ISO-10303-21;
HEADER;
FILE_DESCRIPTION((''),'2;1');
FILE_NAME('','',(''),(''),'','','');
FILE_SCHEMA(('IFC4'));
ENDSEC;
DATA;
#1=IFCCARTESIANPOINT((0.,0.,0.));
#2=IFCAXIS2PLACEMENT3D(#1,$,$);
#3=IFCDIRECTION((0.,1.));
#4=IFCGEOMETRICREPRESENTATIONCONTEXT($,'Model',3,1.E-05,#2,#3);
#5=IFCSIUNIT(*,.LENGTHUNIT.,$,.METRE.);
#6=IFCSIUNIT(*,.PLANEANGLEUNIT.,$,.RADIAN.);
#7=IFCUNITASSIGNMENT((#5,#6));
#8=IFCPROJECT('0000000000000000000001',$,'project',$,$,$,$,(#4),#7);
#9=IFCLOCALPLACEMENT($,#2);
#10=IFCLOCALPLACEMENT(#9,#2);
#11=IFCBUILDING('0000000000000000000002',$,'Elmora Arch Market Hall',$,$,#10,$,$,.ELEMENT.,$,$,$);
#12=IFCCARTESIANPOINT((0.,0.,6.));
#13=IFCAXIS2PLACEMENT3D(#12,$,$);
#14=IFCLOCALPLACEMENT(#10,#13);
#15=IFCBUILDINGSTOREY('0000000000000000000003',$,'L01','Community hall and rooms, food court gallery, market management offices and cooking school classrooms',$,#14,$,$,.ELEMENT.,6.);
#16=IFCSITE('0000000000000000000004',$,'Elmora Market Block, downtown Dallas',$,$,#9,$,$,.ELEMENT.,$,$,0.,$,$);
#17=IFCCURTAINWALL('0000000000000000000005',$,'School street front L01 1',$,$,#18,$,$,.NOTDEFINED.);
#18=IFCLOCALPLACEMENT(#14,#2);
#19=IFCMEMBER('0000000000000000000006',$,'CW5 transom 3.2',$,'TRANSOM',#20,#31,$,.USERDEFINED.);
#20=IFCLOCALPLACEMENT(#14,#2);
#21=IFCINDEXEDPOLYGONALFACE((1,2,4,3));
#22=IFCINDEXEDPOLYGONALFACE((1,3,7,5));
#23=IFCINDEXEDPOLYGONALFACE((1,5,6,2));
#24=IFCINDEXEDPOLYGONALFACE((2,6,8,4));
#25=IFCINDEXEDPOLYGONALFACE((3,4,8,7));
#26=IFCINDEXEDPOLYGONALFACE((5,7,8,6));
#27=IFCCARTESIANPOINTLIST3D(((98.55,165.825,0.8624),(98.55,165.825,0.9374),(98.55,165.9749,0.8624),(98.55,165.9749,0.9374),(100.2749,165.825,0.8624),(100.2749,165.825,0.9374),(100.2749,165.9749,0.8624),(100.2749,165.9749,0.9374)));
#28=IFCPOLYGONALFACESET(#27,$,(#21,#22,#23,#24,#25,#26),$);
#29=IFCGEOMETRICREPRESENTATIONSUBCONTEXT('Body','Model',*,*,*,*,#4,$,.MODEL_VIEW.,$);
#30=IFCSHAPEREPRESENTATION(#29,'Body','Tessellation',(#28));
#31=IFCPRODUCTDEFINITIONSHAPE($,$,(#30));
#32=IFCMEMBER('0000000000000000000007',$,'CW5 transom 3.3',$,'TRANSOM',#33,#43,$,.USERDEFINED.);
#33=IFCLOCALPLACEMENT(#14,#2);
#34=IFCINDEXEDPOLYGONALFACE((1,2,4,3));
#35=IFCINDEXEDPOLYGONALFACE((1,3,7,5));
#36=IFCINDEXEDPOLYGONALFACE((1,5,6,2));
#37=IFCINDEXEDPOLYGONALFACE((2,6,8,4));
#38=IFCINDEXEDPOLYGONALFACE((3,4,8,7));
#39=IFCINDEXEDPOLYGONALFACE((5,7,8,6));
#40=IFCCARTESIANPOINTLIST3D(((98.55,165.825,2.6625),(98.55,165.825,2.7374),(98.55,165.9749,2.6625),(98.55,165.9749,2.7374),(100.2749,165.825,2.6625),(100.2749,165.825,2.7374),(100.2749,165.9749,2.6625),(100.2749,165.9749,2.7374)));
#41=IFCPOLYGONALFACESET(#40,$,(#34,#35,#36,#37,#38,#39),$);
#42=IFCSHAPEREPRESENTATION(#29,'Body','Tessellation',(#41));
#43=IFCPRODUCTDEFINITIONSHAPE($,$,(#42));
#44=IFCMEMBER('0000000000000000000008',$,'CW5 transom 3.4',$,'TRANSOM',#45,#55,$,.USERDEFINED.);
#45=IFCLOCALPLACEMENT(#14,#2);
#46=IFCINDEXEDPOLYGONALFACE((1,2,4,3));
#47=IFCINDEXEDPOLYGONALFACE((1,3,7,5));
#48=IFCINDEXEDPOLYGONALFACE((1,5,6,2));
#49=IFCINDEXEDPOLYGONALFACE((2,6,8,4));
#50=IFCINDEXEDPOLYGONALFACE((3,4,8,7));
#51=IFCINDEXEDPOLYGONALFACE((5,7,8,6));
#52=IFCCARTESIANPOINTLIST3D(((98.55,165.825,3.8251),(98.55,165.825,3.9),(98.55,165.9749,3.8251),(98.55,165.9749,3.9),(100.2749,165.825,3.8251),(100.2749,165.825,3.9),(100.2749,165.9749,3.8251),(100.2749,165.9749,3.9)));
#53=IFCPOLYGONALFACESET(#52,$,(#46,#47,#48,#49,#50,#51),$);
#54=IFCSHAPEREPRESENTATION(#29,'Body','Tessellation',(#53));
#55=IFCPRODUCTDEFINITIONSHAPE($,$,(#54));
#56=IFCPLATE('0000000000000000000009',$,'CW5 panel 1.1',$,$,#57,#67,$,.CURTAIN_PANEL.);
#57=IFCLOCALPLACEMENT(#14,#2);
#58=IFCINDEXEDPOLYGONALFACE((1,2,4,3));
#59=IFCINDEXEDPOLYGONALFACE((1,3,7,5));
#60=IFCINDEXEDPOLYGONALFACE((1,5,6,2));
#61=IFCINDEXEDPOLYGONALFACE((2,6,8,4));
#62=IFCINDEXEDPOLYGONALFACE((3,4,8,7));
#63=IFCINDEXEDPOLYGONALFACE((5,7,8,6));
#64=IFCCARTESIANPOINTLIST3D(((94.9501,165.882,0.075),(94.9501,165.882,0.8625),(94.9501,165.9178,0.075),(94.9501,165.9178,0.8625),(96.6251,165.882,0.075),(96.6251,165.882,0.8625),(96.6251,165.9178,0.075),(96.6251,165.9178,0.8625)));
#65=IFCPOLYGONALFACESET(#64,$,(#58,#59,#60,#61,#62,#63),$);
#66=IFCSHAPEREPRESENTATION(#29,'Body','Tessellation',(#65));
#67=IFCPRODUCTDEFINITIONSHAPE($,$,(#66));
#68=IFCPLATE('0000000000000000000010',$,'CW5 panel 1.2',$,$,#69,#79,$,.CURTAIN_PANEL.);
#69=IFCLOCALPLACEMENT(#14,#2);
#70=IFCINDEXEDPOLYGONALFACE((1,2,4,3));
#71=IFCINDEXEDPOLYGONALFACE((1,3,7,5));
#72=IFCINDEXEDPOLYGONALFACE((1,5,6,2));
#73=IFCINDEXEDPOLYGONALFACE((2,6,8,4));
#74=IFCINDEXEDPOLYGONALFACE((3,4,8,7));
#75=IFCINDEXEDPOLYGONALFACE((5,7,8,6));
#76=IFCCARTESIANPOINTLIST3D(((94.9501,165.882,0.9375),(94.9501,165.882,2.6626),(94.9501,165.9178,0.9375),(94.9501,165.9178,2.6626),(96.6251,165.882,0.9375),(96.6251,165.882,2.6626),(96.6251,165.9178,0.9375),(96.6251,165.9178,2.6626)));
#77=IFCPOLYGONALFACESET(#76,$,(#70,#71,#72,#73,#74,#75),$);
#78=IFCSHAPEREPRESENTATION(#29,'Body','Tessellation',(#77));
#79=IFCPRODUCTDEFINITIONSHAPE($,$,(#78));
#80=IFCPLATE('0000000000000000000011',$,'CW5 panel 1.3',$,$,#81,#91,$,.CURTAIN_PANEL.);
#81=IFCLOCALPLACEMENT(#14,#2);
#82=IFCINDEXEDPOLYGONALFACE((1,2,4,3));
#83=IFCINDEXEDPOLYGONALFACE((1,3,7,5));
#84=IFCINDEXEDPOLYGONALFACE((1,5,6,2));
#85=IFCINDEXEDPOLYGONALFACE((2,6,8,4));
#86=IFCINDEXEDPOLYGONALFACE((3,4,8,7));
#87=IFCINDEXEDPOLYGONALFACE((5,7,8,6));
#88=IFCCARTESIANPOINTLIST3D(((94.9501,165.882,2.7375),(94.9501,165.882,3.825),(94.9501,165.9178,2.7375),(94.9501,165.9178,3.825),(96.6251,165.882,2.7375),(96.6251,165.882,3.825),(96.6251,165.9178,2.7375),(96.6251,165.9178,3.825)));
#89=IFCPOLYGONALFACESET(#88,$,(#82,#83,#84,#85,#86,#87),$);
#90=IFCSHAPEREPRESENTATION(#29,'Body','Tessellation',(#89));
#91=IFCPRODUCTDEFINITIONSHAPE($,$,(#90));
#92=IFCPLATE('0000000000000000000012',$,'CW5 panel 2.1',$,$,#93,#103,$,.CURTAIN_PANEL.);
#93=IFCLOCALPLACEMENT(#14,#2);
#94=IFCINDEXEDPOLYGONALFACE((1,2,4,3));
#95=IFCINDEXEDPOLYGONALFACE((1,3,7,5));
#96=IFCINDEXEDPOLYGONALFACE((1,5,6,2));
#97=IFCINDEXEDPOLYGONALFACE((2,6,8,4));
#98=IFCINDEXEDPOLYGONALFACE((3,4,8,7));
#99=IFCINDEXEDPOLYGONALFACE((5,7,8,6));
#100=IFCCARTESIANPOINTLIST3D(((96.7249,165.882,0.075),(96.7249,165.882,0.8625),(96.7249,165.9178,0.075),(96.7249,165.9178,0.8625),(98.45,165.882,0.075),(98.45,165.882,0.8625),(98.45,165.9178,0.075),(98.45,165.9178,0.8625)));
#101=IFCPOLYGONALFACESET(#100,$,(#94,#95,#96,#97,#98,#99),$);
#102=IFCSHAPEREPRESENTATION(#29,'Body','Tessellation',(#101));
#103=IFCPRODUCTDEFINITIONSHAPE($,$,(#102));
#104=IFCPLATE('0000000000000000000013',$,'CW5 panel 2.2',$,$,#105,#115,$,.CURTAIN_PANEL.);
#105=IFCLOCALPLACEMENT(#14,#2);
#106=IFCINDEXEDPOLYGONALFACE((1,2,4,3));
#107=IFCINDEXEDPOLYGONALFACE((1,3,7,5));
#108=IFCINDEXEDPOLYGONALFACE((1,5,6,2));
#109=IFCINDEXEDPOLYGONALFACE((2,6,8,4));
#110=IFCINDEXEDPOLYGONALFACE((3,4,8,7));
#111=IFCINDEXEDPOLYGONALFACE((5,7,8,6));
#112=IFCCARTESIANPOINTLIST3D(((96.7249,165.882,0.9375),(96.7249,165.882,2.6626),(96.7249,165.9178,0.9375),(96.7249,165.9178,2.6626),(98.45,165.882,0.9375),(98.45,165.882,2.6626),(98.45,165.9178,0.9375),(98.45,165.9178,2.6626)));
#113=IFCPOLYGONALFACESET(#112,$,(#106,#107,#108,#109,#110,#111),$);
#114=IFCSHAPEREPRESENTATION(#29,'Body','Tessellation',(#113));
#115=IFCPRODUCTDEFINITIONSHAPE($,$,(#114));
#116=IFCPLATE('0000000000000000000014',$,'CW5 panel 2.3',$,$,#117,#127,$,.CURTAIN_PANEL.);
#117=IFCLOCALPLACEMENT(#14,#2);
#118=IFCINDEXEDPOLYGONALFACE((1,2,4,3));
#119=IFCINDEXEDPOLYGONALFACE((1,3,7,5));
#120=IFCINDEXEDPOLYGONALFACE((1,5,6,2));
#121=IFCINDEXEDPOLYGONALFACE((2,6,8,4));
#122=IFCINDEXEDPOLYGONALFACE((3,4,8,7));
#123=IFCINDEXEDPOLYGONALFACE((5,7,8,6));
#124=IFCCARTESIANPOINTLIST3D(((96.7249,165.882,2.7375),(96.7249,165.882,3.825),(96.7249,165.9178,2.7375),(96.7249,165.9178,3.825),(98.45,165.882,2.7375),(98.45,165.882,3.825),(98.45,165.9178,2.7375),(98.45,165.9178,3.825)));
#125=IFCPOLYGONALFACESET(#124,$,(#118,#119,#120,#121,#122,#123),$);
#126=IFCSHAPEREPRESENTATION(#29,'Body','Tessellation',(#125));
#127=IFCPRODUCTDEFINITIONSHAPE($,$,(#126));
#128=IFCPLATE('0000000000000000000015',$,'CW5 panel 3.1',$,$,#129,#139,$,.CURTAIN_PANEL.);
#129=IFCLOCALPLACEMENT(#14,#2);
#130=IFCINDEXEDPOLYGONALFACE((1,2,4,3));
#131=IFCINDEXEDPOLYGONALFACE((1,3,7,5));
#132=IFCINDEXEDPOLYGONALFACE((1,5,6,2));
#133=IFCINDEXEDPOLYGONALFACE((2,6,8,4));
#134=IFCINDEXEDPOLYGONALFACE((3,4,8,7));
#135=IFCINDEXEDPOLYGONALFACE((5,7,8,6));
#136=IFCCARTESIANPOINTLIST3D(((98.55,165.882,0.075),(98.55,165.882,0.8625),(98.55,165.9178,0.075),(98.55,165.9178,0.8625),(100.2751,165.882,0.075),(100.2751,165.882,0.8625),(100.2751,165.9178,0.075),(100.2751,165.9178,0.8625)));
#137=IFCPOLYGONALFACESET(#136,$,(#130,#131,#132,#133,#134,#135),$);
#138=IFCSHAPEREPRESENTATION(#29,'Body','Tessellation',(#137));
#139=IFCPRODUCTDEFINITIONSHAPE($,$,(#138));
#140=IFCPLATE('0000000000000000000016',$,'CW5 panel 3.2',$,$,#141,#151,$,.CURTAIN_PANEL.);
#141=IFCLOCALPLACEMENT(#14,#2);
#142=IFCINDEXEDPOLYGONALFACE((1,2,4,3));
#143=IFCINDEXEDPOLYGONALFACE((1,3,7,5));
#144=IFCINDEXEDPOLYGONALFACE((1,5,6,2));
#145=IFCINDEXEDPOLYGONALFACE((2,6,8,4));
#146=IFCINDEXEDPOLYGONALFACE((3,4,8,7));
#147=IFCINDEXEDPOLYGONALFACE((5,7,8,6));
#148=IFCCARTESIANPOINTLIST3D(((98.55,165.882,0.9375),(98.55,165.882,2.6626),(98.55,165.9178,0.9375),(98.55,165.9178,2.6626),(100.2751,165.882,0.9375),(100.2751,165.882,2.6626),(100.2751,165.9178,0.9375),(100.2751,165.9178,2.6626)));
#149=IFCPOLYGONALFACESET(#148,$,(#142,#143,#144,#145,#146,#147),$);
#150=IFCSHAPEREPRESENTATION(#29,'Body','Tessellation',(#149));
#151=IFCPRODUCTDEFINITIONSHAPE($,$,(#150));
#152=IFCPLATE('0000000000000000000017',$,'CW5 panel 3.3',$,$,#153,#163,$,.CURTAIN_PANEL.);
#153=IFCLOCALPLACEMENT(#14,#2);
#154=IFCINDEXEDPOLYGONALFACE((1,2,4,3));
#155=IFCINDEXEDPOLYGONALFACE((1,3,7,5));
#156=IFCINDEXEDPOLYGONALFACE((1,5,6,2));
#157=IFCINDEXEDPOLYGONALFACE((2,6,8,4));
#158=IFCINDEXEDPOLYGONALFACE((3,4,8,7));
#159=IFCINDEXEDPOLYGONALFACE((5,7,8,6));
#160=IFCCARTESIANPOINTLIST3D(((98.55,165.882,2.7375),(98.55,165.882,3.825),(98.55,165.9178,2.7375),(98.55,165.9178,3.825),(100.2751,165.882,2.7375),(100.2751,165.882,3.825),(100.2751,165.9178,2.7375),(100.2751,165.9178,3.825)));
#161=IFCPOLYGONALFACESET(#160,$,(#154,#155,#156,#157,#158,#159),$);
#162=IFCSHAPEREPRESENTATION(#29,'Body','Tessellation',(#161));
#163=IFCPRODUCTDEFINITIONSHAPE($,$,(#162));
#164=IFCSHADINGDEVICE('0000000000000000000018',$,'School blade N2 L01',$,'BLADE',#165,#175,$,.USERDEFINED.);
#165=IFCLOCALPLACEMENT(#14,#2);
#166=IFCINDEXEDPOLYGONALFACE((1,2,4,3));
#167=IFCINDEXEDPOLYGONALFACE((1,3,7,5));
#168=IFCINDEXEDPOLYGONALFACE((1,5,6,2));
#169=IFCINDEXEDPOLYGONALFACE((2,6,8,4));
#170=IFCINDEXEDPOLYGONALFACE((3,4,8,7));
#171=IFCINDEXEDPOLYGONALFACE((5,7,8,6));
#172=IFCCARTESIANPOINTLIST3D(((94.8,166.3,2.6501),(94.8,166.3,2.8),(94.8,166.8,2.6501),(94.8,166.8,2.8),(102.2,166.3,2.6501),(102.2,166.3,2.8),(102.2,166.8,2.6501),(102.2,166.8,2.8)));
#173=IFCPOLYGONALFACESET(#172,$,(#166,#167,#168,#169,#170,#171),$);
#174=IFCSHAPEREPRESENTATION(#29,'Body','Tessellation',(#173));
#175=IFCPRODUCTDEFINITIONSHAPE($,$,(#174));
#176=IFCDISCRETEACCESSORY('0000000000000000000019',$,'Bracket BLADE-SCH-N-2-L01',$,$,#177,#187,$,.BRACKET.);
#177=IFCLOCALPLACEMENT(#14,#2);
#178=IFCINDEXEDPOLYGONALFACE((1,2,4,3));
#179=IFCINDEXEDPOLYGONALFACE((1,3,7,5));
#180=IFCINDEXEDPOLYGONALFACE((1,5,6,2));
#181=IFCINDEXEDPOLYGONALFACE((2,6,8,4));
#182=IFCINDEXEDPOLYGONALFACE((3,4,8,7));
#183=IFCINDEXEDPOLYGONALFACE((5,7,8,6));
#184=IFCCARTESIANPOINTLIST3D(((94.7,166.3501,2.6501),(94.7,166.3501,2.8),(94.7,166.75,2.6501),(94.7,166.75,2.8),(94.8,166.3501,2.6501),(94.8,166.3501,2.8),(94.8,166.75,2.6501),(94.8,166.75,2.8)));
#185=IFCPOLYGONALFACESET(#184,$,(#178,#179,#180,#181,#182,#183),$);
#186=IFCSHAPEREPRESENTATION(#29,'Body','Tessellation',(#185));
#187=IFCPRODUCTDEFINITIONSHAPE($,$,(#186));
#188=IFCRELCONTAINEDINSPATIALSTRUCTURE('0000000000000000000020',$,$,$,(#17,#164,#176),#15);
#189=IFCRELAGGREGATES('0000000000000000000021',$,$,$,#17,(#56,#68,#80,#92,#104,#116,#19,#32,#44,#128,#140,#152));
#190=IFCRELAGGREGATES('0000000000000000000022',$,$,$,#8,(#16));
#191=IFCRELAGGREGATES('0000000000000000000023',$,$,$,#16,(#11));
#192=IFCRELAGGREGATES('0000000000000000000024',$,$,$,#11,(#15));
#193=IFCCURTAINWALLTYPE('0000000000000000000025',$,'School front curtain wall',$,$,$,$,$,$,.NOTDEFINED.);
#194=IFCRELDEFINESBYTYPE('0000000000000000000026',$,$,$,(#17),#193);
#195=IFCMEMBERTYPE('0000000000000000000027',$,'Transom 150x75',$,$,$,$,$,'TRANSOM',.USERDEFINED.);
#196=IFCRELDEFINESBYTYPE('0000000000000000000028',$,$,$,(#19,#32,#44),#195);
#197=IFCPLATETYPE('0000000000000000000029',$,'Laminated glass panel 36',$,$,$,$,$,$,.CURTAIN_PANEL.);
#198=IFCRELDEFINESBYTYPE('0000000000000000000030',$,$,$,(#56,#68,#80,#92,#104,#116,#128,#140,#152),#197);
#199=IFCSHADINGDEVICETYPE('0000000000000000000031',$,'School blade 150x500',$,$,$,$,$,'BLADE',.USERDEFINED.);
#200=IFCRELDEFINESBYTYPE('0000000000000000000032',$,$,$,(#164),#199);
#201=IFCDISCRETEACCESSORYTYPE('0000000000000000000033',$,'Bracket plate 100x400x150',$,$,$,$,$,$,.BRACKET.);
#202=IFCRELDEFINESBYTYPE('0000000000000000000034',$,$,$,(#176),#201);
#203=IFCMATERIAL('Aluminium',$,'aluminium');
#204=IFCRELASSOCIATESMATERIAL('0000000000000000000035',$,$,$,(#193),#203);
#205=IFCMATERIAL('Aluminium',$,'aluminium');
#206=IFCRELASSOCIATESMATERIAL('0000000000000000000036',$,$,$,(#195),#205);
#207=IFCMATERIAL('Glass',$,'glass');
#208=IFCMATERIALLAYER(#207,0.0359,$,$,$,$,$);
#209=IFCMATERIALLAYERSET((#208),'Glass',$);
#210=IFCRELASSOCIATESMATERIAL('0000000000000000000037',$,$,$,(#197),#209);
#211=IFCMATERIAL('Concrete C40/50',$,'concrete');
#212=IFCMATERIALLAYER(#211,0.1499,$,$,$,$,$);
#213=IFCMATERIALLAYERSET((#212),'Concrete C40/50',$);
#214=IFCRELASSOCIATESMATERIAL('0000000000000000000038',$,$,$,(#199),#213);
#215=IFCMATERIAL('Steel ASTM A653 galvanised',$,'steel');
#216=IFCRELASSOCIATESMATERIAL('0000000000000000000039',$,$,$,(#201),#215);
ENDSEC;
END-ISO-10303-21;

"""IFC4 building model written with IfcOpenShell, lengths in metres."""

from ifc_helpers import new_model, si_unit, direction, frame, origin, origin_2d, place, context, subcontext, project, spatial, rectangle, extrude, material, layer, layer_set, material_profile, profile_set, type_object, element, aggregate, save


model = new_model("IFC4")

# Units and contexts
model_context = context("Model", 3, precision=1e-05, world=origin(), true_north=direction((0.0, 1.0)))
body_context = subcontext(model_context, "Body", "Model", "MODEL_VIEW")
ifc_project = project(units=[si_unit("LENGTHUNIT", "METRE"), si_unit("PLANEANGLEUNIT", "RADIAN")], contexts=[model_context])

# Site, building, storey
site_placement = place(None, origin())
site = spatial("IfcSite", under=ifc_project, at=site_placement, Name="Elmora Market Block, downtown Dallas", CompositionType="ELEMENT", RefElevation=0.0)
building_placement = place(site_placement, origin())
building = spatial("IfcBuilding", under=site, at=building_placement, Name="Elmora Arch Market Hall", CompositionType="ELEMENT")
storey_placement = place(building_placement, frame((0.0, 0.0, 6.0)))
storey = spatial("IfcBuildingStorey", under=building, at=storey_placement, Name="L01", Description="Community hall and rooms, food court gallery, market management offices and cooking school classrooms", CompositionType="ELEMENT", Elevation=6.0)

# Curtain wall
ifc_material_1 = material(Name="Aluminium", Category="aluminium")
curtain_wall_type = type_object("IfcCurtainWallType", Name="School front curtain wall", PredefinedType="NOTDEFINED", material=ifc_material_1)
curtain_wall_placement = place(storey_placement, origin())
curtain_wall = element("IfcCurtainWall", 1, at=curtain_wall_placement, inside=storey, type_object=curtain_wall_type, Name="School street front L01 1", PredefinedType="NOTDEFINED")

# Members
ifc_material_2 = material(Name="Aluminium", Category="aluminium")
ifc_material_profile_1 = material_profile(ifc_material_2, rectangle(XDim=0.1499, YDim=0.075, at=origin_2d()), Name="AL 150x75")
ifc_profile_set_1 = profile_set([ifc_material_profile_1], Name="Aluminium")
member_type_1 = type_object("IfcMemberType", Name="Transom 150x75", ElementType="TRANSOM", PredefinedType="USERDEFINED", material=ifc_profile_set_1)
member_1_placement = place(storey_placement, frame((98.55, 165.8999, 0.8999), z_axis=(1.0, 0.0, 0.0), x_axis=(0.0, 1.0, 0.0)))
member_1 = element("IfcMember", 2, at=member_1_placement, type_object=member_type_1, Name="CW5 transom 3.2", ObjectType="TRANSOM", PredefinedType="USERDEFINED", context=body_context, shape_type="SweptSolid", body=[
    extrude(rectangle(XDim=0.1499, YDim=0.075, at=origin_2d()), origin(), (0.0, 0.0, 1.0), 1.7249),
])
member_2_placement = place(storey_placement, frame((98.55, 165.8999, 2.7), z_axis=(1.0, 0.0, 0.0), x_axis=(0.0, 1.0, 0.0)))
member_2 = element("IfcMember", 3, at=member_2_placement, type_object=member_type_1, Name="CW5 transom 3.3", ObjectType="TRANSOM", PredefinedType="USERDEFINED", context=body_context, shape_type="SweptSolid", body=[
    extrude(rectangle(XDim=0.1499, YDim=0.075, at=origin_2d()), origin(), (0.0, 0.0, 1.0), 1.7249),
])
member_3_placement = place(storey_placement, frame((98.55, 165.8999, 3.8625), z_axis=(1.0, 0.0, 0.0), x_axis=(0.0, 1.0, 0.0)))
member_3 = element("IfcMember", 4, at=member_3_placement, type_object=member_type_1, Name="CW5 transom 3.4", ObjectType="TRANSOM", PredefinedType="USERDEFINED", context=body_context, shape_type="SweptSolid", body=[
    extrude(rectangle(XDim=0.1499, YDim=0.075, at=origin_2d()), origin(), (0.0, 0.0, 1.0), 1.7249),
])

# Plates
ifc_material_3 = material(Name="Glass", Category="glass")
ifc_layer_1 = layer(ifc_material_3, 0.0359)
ifc_layer_set_1 = layer_set([ifc_layer_1], Name="Glass")
plate_type = type_object("IfcPlateType", Name="Laminated glass panel 36", PredefinedType="CURTAIN_PANEL", material=ifc_layer_set_1)
plate_1_placement = place(storey_placement, frame((95.7876, 165.8999, 0.075), z_axis=(0.0, 0.0, 1.0), x_axis=(1.0, 0.0, 0.0)))
plate_1 = element("IfcPlate", 5, at=plate_1_placement, type_object=plate_type, Name="CW5 panel 1.1", PredefinedType="CURTAIN_PANEL", context=body_context, shape_type="SweptSolid", body=[
    extrude(rectangle(XDim=1.675, YDim=0.0359, at=origin_2d()), origin(), (0.0, 0.0, 1.0), 0.7876),
])
plate_2_placement = place(storey_placement, frame((95.7876, 165.8999, 0.9375), z_axis=(0.0, 0.0, 1.0), x_axis=(1.0, 0.0, 0.0)))
plate_2 = element("IfcPlate", 6, at=plate_2_placement, type_object=plate_type, Name="CW5 panel 1.2", PredefinedType="CURTAIN_PANEL", context=body_context, shape_type="SweptSolid", body=[
    extrude(rectangle(XDim=1.675, YDim=0.0359, at=origin_2d()), origin(), (0.0, 0.0, 1.0), 1.7251),
])
plate_3_placement = place(storey_placement, frame((95.7876, 165.8999, 2.7375), z_axis=(0.0, 0.0, 1.0), x_axis=(1.0, 0.0, 0.0)))
plate_3 = element("IfcPlate", 7, at=plate_3_placement, type_object=plate_type, Name="CW5 panel 1.3", PredefinedType="CURTAIN_PANEL", context=body_context, shape_type="SweptSolid", body=[
    extrude(rectangle(XDim=1.675, YDim=0.0359, at=origin_2d()), origin(), (0.0, 0.0, 1.0), 1.0874),
])
plate_4_placement = place(storey_placement, frame((97.5874, 165.8999, 0.075), z_axis=(0.0, 0.0, 1.0), x_axis=(1.0, 0.0, 0.0)))
plate_4 = element("IfcPlate", 8, at=plate_4_placement, type_object=plate_type, Name="CW5 panel 2.1", PredefinedType="CURTAIN_PANEL", context=body_context, shape_type="SweptSolid", body=[
    extrude(rectangle(XDim=1.7251, YDim=0.0359, at=origin_2d()), origin(), (0.0, 0.0, 1.0), 0.7876),
])
plate_5_placement = place(storey_placement, frame((97.5874, 165.8999, 0.9375), z_axis=(0.0, 0.0, 1.0), x_axis=(1.0, 0.0, 0.0)))
plate_5 = element("IfcPlate", 9, at=plate_5_placement, type_object=plate_type, Name="CW5 panel 2.2", PredefinedType="CURTAIN_PANEL", context=body_context, shape_type="SweptSolid", body=[
    extrude(rectangle(XDim=1.7251, YDim=0.0359, at=origin_2d()), origin(), (0.0, 0.0, 1.0), 1.7251),
])
plate_6_placement = place(storey_placement, frame((97.5874, 165.8999, 2.7375), z_axis=(0.0, 0.0, 1.0), x_axis=(1.0, 0.0, 0.0)))
plate_6 = element("IfcPlate", 10, at=plate_6_placement, type_object=plate_type, Name="CW5 panel 2.3", PredefinedType="CURTAIN_PANEL", context=body_context, shape_type="SweptSolid", body=[
    extrude(rectangle(XDim=1.7251, YDim=0.0359, at=origin_2d()), origin(), (0.0, 0.0, 1.0), 1.0874),
])
plate_7_placement = place(storey_placement, frame((99.4126, 165.8999, 0.075), z_axis=(0.0, 0.0, 1.0), x_axis=(1.0, 0.0, 0.0)))
plate_7 = element("IfcPlate", 11, at=plate_7_placement, type_object=plate_type, Name="CW5 panel 3.1", PredefinedType="CURTAIN_PANEL", context=body_context, shape_type="SweptSolid", body=[
    extrude(rectangle(XDim=1.7251, YDim=0.0359, at=origin_2d()), origin(), (0.0, 0.0, 1.0), 0.7876),
])
plate_8_placement = place(storey_placement, frame((99.4126, 165.8999, 0.9375), z_axis=(0.0, 0.0, 1.0), x_axis=(1.0, 0.0, 0.0)))
plate_8 = element("IfcPlate", 12, at=plate_8_placement, type_object=plate_type, Name="CW5 panel 3.2", PredefinedType="CURTAIN_PANEL", context=body_context, shape_type="SweptSolid", body=[
    extrude(rectangle(XDim=1.7251, YDim=0.0359, at=origin_2d()), origin(), (0.0, 0.0, 1.0), 1.7251),
])
plate_9_placement = place(storey_placement, frame((99.4126, 165.8999, 2.7375), z_axis=(0.0, 0.0, 1.0), x_axis=(1.0, 0.0, 0.0)))
plate_9 = element("IfcPlate", 13, at=plate_9_placement, type_object=plate_type, Name="CW5 panel 3.3", PredefinedType="CURTAIN_PANEL", context=body_context, shape_type="SweptSolid", body=[
    extrude(rectangle(XDim=1.7251, YDim=0.0359, at=origin_2d()), origin(), (0.0, 0.0, 1.0), 1.0874),
])
aggregate(curtain_wall, [plate_1, plate_2, plate_3, plate_4, plate_5, plate_6, member_1, member_2, member_3, plate_7, plate_8, plate_9])

# Shading device
ifc_material_4 = material(Name="Concrete C40/50", Category="concrete")
ifc_layer_2 = layer(ifc_material_4, 0.1499)
ifc_layer_set_2 = layer_set([ifc_layer_2], Name="Concrete C40/50")
shading_device_type = type_object("IfcShadingDeviceType", Name="School blade 150x500", ElementType="BLADE", PredefinedType="USERDEFINED", material=ifc_layer_set_2)
shading_device_placement = place(storey_placement, frame((98.5, 166.55, 2.6501), z_axis=(0.0, 0.0, 1.0), x_axis=(1.0, 0.0, 0.0)))
element("IfcShadingDevice", 14, at=shading_device_placement, inside=storey, type_object=shading_device_type, Name="School blade N2 L01", ObjectType="BLADE", PredefinedType="USERDEFINED", context=body_context, shape_type="SweptSolid", body=[
    extrude(rectangle(XDim=7.3999, YDim=0.5, at=origin_2d()), origin(), (0.0, 0.0, 1.0), 0.1499),
])

# Discrete accessory
ifc_material_5 = material(Name="Steel ASTM A653 galvanised", Category="steel")
discrete_accessory_type = type_object("IfcDiscreteAccessoryType", Name="Bracket plate 100x400x150", PredefinedType="BRACKET", material=ifc_material_5)
discrete_accessory_placement = place(storey_placement, frame((94.75, 166.55, 2.6501), z_axis=(0.0, 0.0, 1.0), x_axis=(1.0, 0.0, 0.0)))
element("IfcDiscreteAccessory", 15, at=discrete_accessory_placement, inside=storey, type_object=discrete_accessory_type, Name="Bracket BLADE-SCH-N-2-L01", PredefinedType="BRACKET", context=body_context, shape_type="SweptSolid", body=[
    extrude(rectangle(XDim=0.1001, YDim=0.3999, at=origin_2d()), origin(), (0.0, 0.0, 1.0), 0.1499),
])

save(model, "model.ifc")
